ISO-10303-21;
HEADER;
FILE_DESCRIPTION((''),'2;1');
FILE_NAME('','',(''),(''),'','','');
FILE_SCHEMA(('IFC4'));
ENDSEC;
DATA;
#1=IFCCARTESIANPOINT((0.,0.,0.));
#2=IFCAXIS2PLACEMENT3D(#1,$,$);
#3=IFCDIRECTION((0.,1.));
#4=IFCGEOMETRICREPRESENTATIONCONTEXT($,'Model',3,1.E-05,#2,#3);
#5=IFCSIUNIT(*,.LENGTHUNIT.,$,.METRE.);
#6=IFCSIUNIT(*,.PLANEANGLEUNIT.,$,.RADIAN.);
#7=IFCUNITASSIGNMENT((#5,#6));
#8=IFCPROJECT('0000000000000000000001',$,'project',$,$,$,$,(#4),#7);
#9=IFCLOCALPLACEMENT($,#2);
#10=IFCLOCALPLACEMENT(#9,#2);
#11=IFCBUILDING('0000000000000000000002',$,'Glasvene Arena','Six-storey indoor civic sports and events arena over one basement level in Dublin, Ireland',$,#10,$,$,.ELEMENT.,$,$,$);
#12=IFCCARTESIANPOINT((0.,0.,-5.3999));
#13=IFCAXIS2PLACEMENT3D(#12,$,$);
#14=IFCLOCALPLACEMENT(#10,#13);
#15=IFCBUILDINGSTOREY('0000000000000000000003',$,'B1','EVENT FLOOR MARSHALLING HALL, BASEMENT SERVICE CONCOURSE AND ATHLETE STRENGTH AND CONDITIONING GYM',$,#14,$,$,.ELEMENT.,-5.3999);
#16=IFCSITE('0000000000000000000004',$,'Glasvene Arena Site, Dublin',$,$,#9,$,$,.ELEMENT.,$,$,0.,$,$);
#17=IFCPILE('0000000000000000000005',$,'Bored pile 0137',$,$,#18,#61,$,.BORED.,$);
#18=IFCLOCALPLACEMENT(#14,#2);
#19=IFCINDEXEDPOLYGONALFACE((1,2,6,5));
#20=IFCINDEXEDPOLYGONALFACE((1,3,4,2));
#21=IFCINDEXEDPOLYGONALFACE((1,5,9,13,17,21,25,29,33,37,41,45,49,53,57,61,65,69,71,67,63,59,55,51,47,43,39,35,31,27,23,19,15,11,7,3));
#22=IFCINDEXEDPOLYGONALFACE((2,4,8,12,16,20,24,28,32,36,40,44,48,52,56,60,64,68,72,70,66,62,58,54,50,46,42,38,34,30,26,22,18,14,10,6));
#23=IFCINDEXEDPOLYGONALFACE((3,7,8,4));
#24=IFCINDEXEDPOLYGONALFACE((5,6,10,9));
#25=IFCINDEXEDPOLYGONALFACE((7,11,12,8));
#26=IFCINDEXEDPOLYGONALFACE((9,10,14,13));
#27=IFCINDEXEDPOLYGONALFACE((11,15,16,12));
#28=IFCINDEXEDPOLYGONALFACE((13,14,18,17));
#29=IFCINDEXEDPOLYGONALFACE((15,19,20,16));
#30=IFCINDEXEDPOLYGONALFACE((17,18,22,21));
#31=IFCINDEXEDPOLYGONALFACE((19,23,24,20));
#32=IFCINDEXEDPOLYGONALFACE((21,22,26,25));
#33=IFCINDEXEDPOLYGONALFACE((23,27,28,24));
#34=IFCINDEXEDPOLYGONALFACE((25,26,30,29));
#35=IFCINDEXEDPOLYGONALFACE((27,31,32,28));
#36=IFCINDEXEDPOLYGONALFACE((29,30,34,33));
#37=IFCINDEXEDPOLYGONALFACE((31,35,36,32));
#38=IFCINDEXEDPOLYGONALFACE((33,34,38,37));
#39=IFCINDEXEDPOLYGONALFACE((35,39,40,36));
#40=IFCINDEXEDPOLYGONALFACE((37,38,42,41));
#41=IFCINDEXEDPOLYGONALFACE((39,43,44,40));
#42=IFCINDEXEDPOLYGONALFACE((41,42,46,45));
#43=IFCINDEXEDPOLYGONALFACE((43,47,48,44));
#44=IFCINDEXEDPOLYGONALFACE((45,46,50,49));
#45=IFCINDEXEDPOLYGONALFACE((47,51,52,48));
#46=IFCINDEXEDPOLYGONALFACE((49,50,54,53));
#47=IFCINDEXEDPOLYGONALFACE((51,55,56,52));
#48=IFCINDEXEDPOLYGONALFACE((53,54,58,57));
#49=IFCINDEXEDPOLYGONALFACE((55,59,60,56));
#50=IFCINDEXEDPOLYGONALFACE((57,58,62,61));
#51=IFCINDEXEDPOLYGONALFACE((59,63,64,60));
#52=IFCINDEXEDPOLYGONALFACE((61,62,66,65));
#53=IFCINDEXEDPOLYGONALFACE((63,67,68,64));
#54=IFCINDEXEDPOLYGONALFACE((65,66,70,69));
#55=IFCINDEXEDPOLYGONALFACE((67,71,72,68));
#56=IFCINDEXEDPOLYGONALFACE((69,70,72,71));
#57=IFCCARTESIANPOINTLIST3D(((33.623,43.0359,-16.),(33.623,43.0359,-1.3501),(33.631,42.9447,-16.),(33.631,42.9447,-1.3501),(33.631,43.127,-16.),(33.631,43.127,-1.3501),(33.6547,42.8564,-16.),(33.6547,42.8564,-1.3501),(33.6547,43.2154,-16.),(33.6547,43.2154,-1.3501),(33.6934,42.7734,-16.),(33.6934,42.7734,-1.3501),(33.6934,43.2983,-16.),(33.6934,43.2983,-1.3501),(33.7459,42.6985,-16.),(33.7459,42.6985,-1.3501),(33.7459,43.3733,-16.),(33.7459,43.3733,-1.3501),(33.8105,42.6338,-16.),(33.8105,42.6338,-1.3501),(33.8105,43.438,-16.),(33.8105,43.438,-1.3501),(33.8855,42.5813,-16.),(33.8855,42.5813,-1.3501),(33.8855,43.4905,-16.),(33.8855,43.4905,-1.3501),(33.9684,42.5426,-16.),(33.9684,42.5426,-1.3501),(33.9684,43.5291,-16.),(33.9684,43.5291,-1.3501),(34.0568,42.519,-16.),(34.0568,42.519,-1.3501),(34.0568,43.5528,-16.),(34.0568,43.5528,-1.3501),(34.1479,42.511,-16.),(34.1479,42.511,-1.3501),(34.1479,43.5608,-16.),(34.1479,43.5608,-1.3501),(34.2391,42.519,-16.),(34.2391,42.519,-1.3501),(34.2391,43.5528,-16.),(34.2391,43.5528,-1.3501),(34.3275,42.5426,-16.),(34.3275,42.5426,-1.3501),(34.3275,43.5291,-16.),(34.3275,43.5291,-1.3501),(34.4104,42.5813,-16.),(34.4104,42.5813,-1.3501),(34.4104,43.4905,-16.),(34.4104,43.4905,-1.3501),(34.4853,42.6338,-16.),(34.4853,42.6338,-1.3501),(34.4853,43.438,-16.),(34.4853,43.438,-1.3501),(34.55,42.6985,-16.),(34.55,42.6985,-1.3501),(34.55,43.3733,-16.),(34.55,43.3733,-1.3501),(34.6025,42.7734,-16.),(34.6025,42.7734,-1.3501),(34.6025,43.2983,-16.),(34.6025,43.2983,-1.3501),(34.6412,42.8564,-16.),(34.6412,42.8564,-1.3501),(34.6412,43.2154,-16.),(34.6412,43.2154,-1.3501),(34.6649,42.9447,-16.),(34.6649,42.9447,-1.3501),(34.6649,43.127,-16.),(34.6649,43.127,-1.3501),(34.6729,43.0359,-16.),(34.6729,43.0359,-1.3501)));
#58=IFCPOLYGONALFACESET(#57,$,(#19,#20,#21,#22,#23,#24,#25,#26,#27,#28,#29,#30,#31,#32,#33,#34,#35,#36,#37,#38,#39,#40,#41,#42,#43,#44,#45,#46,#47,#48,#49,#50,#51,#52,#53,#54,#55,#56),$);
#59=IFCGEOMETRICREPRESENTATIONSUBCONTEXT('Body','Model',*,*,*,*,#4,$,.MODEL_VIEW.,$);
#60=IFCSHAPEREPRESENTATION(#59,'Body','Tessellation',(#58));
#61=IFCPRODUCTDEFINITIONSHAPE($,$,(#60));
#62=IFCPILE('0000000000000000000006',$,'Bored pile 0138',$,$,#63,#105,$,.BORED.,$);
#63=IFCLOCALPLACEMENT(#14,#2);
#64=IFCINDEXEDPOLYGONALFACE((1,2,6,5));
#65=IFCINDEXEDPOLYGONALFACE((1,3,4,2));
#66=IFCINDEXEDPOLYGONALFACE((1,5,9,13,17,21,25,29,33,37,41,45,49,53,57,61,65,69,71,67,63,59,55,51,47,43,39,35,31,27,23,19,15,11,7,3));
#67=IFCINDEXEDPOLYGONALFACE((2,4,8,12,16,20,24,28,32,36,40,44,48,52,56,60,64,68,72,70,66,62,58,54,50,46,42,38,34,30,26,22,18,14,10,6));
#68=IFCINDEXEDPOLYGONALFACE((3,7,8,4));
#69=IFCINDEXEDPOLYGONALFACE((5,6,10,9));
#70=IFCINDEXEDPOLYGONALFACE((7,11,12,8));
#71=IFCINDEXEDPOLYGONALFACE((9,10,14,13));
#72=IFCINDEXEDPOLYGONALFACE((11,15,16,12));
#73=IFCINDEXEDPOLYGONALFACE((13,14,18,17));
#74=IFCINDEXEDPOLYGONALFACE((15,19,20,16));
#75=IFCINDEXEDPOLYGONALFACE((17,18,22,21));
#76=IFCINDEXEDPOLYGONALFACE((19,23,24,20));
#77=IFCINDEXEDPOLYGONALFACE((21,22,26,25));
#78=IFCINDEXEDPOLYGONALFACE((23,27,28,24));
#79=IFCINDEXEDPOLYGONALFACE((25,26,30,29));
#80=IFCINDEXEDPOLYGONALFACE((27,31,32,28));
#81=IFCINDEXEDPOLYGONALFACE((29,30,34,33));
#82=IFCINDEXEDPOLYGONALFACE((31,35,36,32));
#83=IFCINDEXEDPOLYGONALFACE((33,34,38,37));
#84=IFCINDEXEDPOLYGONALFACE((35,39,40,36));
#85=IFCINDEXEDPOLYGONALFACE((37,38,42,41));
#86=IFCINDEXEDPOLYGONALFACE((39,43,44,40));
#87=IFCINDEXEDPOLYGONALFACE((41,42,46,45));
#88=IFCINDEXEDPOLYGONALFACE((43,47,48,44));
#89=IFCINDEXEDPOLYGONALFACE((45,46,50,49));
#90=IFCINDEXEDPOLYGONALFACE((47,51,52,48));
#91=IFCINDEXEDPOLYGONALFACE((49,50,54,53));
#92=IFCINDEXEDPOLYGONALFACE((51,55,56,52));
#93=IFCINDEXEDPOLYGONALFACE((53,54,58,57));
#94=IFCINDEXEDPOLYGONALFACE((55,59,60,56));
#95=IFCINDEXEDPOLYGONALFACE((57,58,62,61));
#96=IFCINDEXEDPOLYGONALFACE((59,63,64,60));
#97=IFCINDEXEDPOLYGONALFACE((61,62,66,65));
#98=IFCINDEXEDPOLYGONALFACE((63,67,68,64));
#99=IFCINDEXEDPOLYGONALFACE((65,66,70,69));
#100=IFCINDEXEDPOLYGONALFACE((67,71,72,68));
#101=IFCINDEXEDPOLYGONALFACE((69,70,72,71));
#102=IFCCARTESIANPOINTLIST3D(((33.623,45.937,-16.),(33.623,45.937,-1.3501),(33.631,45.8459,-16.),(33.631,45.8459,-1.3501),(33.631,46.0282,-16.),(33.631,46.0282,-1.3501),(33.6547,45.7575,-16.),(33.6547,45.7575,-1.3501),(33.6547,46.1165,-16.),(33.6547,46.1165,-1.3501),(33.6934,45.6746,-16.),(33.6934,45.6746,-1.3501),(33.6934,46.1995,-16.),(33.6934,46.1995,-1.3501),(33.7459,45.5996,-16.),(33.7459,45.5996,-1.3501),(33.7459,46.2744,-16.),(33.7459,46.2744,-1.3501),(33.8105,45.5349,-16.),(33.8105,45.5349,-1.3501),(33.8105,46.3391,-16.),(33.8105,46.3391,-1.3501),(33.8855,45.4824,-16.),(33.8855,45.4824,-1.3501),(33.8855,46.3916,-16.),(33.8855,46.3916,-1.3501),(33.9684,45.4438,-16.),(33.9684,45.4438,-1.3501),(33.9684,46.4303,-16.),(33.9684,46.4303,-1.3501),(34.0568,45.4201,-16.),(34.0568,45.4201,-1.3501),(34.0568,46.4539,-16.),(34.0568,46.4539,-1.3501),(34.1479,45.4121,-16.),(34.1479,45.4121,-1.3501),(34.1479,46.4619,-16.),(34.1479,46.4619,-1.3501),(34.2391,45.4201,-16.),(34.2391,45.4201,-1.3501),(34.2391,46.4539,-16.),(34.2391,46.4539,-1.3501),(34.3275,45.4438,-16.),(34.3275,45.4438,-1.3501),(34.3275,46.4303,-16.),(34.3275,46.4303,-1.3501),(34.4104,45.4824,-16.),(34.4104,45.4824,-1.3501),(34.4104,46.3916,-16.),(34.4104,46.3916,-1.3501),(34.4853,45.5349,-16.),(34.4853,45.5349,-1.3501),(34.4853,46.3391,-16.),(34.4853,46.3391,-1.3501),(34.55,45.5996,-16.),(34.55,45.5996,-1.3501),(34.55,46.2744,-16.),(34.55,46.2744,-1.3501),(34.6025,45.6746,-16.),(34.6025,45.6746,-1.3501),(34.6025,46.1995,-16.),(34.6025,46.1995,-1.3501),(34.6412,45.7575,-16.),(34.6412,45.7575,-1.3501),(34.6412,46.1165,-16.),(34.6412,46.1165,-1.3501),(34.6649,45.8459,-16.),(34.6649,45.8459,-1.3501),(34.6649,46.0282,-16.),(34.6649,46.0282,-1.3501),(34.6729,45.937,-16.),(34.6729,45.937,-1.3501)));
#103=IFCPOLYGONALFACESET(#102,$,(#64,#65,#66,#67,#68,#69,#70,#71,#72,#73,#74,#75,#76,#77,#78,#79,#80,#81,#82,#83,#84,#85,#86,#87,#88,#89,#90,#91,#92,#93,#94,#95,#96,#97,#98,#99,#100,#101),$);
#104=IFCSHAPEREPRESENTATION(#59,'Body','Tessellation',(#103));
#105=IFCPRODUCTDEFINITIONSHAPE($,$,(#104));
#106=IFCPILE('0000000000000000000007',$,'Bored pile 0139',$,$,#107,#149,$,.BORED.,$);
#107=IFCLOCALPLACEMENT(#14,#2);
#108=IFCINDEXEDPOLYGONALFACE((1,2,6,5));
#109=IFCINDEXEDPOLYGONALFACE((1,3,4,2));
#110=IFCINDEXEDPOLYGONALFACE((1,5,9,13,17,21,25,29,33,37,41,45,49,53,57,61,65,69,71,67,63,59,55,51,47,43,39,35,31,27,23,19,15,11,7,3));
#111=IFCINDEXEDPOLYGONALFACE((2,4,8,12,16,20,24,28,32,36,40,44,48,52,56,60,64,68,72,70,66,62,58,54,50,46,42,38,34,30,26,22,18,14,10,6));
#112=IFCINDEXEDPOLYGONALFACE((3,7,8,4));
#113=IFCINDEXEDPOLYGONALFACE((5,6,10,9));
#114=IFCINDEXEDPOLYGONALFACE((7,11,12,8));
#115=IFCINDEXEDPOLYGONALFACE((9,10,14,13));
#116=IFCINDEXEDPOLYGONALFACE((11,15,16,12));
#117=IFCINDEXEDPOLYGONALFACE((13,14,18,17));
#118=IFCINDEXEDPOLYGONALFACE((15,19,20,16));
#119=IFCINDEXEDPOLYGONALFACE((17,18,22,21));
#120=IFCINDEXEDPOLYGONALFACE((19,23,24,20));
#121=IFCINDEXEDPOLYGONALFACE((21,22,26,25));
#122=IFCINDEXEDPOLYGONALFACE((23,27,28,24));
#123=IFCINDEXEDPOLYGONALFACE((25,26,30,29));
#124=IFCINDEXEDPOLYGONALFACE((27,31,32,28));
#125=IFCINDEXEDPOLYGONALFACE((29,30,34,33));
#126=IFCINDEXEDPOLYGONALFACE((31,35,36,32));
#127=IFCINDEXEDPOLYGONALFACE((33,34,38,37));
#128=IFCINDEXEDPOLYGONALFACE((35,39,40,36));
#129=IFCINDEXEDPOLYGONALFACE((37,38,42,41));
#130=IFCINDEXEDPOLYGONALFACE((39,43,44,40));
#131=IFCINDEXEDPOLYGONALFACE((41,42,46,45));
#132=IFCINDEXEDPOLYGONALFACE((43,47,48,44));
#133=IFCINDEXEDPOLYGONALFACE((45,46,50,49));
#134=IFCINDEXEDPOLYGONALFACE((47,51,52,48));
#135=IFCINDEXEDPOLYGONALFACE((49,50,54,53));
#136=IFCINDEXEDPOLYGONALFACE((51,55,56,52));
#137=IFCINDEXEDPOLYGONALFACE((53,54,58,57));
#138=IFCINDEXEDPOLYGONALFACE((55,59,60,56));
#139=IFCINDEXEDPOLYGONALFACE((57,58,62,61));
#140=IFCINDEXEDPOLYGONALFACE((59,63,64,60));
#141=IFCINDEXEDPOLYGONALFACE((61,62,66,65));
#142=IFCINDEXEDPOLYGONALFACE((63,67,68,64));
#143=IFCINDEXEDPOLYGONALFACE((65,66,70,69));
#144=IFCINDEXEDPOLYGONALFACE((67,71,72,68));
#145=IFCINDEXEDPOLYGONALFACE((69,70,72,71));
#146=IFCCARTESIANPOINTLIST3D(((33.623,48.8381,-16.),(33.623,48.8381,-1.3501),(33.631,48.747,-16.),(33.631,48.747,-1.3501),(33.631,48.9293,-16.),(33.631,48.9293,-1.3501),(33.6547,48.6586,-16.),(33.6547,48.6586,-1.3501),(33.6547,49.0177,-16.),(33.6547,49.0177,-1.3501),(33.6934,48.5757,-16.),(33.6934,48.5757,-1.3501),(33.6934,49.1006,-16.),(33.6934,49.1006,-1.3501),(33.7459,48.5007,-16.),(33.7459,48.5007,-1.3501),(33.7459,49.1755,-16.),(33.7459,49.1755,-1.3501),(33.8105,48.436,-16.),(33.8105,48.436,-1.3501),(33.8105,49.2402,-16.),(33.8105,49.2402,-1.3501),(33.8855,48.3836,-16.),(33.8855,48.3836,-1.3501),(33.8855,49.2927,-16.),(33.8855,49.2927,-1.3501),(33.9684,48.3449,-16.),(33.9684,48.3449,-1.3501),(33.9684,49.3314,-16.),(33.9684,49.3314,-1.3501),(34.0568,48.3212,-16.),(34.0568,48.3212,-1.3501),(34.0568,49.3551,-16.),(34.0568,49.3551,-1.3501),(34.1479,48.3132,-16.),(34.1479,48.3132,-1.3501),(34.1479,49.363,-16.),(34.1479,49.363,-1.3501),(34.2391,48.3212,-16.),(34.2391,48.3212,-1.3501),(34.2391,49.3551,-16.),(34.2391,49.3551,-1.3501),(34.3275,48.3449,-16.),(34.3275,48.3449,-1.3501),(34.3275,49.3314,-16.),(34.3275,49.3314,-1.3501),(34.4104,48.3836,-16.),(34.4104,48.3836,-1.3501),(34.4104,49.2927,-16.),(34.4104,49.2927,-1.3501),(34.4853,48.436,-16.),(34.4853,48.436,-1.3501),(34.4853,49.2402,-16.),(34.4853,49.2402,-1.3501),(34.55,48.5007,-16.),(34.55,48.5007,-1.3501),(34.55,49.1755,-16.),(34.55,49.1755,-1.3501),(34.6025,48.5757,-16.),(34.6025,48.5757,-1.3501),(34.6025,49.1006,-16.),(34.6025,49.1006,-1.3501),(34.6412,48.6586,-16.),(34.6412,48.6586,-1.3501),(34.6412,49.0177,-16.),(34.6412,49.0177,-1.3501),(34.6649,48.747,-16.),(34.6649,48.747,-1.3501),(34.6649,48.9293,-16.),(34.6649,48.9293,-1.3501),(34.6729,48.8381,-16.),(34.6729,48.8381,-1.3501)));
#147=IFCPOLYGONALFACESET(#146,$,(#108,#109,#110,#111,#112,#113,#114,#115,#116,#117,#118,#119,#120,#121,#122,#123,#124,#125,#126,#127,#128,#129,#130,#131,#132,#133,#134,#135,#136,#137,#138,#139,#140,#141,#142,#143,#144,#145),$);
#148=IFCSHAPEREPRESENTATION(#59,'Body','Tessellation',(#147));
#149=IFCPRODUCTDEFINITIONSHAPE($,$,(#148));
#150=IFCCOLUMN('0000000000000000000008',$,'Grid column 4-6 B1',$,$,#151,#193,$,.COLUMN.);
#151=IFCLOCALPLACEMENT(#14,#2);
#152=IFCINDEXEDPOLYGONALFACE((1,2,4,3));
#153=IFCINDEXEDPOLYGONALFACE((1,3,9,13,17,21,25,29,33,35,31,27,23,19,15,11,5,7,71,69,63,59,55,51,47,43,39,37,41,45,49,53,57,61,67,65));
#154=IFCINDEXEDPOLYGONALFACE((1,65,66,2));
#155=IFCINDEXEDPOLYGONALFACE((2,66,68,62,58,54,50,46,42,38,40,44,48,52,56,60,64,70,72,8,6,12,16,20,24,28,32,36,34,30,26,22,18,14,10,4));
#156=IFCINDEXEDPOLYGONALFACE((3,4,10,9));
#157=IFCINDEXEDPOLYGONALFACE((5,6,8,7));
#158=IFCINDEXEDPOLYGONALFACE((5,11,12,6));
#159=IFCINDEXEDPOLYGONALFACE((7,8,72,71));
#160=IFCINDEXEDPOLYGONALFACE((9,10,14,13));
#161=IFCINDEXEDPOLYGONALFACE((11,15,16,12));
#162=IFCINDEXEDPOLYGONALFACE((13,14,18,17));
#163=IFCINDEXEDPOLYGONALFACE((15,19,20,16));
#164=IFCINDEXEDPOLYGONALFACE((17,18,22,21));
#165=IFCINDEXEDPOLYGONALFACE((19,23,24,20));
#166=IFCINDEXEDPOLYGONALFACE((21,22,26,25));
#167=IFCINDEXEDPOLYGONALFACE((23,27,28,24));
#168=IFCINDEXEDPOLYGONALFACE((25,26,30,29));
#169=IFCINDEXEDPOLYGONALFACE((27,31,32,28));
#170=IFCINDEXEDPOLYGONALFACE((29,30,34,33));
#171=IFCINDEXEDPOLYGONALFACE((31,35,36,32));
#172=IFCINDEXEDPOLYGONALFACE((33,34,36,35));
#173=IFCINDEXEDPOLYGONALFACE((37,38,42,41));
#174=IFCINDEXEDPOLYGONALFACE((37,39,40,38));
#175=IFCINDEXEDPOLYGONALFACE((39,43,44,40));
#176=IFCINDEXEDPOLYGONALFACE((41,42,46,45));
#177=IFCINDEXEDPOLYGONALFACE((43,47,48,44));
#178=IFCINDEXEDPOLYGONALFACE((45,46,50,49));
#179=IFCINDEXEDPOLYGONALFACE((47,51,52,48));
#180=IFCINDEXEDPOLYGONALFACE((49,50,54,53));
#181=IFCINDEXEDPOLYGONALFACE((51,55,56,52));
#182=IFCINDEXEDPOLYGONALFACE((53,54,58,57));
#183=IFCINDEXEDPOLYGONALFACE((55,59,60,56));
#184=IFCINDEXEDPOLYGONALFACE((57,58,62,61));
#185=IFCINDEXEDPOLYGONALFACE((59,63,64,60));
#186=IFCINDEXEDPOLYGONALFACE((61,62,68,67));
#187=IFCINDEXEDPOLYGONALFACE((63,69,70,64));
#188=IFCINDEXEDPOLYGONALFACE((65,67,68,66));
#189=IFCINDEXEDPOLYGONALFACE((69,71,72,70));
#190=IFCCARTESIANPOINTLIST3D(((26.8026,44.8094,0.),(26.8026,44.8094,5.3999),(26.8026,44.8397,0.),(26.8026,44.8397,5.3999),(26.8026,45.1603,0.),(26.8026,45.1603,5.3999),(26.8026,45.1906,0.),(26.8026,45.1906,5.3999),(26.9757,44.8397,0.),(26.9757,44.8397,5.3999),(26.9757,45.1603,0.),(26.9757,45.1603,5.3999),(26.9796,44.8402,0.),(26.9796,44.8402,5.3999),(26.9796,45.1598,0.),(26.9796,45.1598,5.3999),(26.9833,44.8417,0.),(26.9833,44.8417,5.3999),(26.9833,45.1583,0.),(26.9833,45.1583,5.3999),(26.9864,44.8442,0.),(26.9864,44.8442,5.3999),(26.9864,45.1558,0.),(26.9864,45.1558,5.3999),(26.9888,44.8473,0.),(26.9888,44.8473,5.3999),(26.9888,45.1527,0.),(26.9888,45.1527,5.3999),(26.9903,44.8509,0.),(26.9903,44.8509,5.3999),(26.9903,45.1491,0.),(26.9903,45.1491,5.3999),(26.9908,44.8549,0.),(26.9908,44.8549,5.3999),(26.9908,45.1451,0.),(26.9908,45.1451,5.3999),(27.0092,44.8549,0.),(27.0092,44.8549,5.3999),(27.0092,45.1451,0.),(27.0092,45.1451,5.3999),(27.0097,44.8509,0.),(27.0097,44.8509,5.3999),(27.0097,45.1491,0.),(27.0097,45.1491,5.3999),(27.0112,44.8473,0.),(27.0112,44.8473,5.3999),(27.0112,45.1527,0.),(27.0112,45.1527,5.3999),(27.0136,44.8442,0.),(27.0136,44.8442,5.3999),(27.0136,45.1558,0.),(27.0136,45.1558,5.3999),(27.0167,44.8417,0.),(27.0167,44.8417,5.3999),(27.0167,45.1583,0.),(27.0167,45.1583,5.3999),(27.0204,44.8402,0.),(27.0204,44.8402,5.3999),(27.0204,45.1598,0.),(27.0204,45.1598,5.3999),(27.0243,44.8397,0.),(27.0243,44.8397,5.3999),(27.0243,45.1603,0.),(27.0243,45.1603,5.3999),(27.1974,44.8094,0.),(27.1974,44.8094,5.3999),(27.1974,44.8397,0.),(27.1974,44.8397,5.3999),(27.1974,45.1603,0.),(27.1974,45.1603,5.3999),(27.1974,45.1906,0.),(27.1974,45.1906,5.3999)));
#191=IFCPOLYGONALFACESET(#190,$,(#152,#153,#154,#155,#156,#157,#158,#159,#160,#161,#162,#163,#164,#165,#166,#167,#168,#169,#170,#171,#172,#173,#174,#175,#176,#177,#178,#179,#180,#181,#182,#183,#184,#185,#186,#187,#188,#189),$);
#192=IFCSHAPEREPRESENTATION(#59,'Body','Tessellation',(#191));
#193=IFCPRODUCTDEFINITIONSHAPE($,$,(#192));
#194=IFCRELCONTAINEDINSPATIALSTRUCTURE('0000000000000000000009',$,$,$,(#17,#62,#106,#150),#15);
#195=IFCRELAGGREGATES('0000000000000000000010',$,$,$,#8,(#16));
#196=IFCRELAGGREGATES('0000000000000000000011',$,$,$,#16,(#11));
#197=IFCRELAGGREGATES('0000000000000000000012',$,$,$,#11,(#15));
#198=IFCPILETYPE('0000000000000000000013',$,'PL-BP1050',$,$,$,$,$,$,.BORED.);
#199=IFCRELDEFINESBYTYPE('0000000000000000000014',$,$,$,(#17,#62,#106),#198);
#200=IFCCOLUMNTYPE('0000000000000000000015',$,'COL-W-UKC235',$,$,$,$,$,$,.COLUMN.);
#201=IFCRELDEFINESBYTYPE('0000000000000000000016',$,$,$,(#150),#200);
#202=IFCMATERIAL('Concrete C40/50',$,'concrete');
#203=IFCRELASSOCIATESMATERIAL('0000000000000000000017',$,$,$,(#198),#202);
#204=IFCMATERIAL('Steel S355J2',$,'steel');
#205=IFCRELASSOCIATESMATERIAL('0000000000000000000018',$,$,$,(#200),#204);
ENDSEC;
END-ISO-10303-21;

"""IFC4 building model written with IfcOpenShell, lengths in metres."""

from ifc_helpers import new_model, si_unit, direction, frame, origin, origin_2d, place, context, subcontext, project, spatial, circle, i_section, extrude, material, material_profile, profile_set, type_object, element, save


model = new_model("IFC4")

# Units and contexts
model_context = context("Model", 3, precision=1e-05, world=origin(), true_north=direction((0.0, 1.0)))
body_context = subcontext(model_context, "Body", "Model", "MODEL_VIEW")
ifc_project = project(units=[si_unit("LENGTHUNIT", "METRE"), si_unit("PLANEANGLEUNIT", "RADIAN")], contexts=[model_context])

# Site, building, storey
site_placement = place(None, origin())
site = spatial("IfcSite", under=ifc_project, at=site_placement, Name="Glasvene Arena Site, Dublin", CompositionType="ELEMENT", RefElevation=0.0)
building_placement = place(site_placement, origin())
building = spatial("IfcBuilding", under=site, at=building_placement, Name="Glasvene Arena", Description="Six-storey indoor civic sports and events arena over one basement level in Dublin, Ireland", CompositionType="ELEMENT")
storey_placement = place(building_placement, frame((0.0, 0.0, -5.3999)))
storey = spatial("IfcBuildingStorey", under=building, at=storey_placement, Name="B1", Description="EVENT FLOOR MARSHALLING HALL, BASEMENT SERVICE CONCOURSE AND ATHLETE STRENGTH AND CONDITIONING GYM", CompositionType="ELEMENT", Elevation=-5.3999)

# Shared definitions
ifc_material_1 = material(Name="Concrete C40/50", Category="concrete")

# Piles
ifc_material_profile_1 = material_profile(ifc_material_1, circle(Radius=0.5249, at=origin_2d()), Name="BORED PILE 1050")
ifc_profile_set_1 = profile_set([ifc_material_profile_1], Name="Concrete C40/50")
pile_type = type_object("IfcPileType", Name="PL-BP1050", PredefinedType="BORED", material=ifc_profile_set_1)
for number, where, z_axis, x_axis, name in (
    (1, (34.1479, 43.0359, -1.3501), (0.0, 0.0, -1.0), (1.0, 0.0, 0.0), "Bored pile 0137"),
    (2, (34.1479, 45.937, -1.3501), (0.0, 0.0, -1.0), (1.0, 0.0, 0.0), "Bored pile 0138"),
    (3, (34.1479, 48.8381, -1.3501), (0.0, 0.0, -1.0), (1.0, 0.0, 0.0), "Bored pile 0139"),
):
    element("IfcPile", number, at=place(storey_placement, frame(where, z_axis=z_axis, x_axis=x_axis)), inside=storey, type_object=pile_type, Name=name, PredefinedType="BORED", context=body_context, shape_type="SweptSolid", body=[
        extrude(circle(Radius=0.5249, at=origin_2d()), origin(), (0.0, 0.0, 1.0), 14.6499),
    ])

# Column
ifc_material_2 = material(Name="Steel S355J2", Category="steel")
ifc_material_profile_2 = material_profile(ifc_material_2, i_section(OverallWidth=0.3948, OverallDepth=0.3811, WebThickness=0.0183, FlangeThickness=0.0303, FilletRadius=0.0151, at=origin_2d()), Name="UKC 356x406x235")
ifc_profile_set_2 = profile_set([ifc_material_profile_2], Name="Steel S355J2")
column_type = type_object("IfcColumnType", Name="COL-W-UKC235", PredefinedType="COLUMN", material=ifc_profile_set_2)
for number, where, z_axis, x_axis, name in (
    (4, (27.0, 45.0, 0.0), (0.0, 0.0, 1.0), (1.0, 0.0, 0.0), "Grid column 4-6 B1"),
):
    element("IfcColumn", number, at=place(storey_placement, frame(where, z_axis=z_axis, x_axis=x_axis)), inside=storey, type_object=column_type, Name=name, PredefinedType="COLUMN", context=body_context, shape_type="SweptSolid", body=[
        extrude(i_section(OverallWidth=0.3948, OverallDepth=0.3811, WebThickness=0.0183, FlangeThickness=0.0303, FilletRadius=0.0151, at=origin_2d()), origin(), (0.0, 0.0, 1.0), 5.3999),
    ])

save(model, "model.ifc")
